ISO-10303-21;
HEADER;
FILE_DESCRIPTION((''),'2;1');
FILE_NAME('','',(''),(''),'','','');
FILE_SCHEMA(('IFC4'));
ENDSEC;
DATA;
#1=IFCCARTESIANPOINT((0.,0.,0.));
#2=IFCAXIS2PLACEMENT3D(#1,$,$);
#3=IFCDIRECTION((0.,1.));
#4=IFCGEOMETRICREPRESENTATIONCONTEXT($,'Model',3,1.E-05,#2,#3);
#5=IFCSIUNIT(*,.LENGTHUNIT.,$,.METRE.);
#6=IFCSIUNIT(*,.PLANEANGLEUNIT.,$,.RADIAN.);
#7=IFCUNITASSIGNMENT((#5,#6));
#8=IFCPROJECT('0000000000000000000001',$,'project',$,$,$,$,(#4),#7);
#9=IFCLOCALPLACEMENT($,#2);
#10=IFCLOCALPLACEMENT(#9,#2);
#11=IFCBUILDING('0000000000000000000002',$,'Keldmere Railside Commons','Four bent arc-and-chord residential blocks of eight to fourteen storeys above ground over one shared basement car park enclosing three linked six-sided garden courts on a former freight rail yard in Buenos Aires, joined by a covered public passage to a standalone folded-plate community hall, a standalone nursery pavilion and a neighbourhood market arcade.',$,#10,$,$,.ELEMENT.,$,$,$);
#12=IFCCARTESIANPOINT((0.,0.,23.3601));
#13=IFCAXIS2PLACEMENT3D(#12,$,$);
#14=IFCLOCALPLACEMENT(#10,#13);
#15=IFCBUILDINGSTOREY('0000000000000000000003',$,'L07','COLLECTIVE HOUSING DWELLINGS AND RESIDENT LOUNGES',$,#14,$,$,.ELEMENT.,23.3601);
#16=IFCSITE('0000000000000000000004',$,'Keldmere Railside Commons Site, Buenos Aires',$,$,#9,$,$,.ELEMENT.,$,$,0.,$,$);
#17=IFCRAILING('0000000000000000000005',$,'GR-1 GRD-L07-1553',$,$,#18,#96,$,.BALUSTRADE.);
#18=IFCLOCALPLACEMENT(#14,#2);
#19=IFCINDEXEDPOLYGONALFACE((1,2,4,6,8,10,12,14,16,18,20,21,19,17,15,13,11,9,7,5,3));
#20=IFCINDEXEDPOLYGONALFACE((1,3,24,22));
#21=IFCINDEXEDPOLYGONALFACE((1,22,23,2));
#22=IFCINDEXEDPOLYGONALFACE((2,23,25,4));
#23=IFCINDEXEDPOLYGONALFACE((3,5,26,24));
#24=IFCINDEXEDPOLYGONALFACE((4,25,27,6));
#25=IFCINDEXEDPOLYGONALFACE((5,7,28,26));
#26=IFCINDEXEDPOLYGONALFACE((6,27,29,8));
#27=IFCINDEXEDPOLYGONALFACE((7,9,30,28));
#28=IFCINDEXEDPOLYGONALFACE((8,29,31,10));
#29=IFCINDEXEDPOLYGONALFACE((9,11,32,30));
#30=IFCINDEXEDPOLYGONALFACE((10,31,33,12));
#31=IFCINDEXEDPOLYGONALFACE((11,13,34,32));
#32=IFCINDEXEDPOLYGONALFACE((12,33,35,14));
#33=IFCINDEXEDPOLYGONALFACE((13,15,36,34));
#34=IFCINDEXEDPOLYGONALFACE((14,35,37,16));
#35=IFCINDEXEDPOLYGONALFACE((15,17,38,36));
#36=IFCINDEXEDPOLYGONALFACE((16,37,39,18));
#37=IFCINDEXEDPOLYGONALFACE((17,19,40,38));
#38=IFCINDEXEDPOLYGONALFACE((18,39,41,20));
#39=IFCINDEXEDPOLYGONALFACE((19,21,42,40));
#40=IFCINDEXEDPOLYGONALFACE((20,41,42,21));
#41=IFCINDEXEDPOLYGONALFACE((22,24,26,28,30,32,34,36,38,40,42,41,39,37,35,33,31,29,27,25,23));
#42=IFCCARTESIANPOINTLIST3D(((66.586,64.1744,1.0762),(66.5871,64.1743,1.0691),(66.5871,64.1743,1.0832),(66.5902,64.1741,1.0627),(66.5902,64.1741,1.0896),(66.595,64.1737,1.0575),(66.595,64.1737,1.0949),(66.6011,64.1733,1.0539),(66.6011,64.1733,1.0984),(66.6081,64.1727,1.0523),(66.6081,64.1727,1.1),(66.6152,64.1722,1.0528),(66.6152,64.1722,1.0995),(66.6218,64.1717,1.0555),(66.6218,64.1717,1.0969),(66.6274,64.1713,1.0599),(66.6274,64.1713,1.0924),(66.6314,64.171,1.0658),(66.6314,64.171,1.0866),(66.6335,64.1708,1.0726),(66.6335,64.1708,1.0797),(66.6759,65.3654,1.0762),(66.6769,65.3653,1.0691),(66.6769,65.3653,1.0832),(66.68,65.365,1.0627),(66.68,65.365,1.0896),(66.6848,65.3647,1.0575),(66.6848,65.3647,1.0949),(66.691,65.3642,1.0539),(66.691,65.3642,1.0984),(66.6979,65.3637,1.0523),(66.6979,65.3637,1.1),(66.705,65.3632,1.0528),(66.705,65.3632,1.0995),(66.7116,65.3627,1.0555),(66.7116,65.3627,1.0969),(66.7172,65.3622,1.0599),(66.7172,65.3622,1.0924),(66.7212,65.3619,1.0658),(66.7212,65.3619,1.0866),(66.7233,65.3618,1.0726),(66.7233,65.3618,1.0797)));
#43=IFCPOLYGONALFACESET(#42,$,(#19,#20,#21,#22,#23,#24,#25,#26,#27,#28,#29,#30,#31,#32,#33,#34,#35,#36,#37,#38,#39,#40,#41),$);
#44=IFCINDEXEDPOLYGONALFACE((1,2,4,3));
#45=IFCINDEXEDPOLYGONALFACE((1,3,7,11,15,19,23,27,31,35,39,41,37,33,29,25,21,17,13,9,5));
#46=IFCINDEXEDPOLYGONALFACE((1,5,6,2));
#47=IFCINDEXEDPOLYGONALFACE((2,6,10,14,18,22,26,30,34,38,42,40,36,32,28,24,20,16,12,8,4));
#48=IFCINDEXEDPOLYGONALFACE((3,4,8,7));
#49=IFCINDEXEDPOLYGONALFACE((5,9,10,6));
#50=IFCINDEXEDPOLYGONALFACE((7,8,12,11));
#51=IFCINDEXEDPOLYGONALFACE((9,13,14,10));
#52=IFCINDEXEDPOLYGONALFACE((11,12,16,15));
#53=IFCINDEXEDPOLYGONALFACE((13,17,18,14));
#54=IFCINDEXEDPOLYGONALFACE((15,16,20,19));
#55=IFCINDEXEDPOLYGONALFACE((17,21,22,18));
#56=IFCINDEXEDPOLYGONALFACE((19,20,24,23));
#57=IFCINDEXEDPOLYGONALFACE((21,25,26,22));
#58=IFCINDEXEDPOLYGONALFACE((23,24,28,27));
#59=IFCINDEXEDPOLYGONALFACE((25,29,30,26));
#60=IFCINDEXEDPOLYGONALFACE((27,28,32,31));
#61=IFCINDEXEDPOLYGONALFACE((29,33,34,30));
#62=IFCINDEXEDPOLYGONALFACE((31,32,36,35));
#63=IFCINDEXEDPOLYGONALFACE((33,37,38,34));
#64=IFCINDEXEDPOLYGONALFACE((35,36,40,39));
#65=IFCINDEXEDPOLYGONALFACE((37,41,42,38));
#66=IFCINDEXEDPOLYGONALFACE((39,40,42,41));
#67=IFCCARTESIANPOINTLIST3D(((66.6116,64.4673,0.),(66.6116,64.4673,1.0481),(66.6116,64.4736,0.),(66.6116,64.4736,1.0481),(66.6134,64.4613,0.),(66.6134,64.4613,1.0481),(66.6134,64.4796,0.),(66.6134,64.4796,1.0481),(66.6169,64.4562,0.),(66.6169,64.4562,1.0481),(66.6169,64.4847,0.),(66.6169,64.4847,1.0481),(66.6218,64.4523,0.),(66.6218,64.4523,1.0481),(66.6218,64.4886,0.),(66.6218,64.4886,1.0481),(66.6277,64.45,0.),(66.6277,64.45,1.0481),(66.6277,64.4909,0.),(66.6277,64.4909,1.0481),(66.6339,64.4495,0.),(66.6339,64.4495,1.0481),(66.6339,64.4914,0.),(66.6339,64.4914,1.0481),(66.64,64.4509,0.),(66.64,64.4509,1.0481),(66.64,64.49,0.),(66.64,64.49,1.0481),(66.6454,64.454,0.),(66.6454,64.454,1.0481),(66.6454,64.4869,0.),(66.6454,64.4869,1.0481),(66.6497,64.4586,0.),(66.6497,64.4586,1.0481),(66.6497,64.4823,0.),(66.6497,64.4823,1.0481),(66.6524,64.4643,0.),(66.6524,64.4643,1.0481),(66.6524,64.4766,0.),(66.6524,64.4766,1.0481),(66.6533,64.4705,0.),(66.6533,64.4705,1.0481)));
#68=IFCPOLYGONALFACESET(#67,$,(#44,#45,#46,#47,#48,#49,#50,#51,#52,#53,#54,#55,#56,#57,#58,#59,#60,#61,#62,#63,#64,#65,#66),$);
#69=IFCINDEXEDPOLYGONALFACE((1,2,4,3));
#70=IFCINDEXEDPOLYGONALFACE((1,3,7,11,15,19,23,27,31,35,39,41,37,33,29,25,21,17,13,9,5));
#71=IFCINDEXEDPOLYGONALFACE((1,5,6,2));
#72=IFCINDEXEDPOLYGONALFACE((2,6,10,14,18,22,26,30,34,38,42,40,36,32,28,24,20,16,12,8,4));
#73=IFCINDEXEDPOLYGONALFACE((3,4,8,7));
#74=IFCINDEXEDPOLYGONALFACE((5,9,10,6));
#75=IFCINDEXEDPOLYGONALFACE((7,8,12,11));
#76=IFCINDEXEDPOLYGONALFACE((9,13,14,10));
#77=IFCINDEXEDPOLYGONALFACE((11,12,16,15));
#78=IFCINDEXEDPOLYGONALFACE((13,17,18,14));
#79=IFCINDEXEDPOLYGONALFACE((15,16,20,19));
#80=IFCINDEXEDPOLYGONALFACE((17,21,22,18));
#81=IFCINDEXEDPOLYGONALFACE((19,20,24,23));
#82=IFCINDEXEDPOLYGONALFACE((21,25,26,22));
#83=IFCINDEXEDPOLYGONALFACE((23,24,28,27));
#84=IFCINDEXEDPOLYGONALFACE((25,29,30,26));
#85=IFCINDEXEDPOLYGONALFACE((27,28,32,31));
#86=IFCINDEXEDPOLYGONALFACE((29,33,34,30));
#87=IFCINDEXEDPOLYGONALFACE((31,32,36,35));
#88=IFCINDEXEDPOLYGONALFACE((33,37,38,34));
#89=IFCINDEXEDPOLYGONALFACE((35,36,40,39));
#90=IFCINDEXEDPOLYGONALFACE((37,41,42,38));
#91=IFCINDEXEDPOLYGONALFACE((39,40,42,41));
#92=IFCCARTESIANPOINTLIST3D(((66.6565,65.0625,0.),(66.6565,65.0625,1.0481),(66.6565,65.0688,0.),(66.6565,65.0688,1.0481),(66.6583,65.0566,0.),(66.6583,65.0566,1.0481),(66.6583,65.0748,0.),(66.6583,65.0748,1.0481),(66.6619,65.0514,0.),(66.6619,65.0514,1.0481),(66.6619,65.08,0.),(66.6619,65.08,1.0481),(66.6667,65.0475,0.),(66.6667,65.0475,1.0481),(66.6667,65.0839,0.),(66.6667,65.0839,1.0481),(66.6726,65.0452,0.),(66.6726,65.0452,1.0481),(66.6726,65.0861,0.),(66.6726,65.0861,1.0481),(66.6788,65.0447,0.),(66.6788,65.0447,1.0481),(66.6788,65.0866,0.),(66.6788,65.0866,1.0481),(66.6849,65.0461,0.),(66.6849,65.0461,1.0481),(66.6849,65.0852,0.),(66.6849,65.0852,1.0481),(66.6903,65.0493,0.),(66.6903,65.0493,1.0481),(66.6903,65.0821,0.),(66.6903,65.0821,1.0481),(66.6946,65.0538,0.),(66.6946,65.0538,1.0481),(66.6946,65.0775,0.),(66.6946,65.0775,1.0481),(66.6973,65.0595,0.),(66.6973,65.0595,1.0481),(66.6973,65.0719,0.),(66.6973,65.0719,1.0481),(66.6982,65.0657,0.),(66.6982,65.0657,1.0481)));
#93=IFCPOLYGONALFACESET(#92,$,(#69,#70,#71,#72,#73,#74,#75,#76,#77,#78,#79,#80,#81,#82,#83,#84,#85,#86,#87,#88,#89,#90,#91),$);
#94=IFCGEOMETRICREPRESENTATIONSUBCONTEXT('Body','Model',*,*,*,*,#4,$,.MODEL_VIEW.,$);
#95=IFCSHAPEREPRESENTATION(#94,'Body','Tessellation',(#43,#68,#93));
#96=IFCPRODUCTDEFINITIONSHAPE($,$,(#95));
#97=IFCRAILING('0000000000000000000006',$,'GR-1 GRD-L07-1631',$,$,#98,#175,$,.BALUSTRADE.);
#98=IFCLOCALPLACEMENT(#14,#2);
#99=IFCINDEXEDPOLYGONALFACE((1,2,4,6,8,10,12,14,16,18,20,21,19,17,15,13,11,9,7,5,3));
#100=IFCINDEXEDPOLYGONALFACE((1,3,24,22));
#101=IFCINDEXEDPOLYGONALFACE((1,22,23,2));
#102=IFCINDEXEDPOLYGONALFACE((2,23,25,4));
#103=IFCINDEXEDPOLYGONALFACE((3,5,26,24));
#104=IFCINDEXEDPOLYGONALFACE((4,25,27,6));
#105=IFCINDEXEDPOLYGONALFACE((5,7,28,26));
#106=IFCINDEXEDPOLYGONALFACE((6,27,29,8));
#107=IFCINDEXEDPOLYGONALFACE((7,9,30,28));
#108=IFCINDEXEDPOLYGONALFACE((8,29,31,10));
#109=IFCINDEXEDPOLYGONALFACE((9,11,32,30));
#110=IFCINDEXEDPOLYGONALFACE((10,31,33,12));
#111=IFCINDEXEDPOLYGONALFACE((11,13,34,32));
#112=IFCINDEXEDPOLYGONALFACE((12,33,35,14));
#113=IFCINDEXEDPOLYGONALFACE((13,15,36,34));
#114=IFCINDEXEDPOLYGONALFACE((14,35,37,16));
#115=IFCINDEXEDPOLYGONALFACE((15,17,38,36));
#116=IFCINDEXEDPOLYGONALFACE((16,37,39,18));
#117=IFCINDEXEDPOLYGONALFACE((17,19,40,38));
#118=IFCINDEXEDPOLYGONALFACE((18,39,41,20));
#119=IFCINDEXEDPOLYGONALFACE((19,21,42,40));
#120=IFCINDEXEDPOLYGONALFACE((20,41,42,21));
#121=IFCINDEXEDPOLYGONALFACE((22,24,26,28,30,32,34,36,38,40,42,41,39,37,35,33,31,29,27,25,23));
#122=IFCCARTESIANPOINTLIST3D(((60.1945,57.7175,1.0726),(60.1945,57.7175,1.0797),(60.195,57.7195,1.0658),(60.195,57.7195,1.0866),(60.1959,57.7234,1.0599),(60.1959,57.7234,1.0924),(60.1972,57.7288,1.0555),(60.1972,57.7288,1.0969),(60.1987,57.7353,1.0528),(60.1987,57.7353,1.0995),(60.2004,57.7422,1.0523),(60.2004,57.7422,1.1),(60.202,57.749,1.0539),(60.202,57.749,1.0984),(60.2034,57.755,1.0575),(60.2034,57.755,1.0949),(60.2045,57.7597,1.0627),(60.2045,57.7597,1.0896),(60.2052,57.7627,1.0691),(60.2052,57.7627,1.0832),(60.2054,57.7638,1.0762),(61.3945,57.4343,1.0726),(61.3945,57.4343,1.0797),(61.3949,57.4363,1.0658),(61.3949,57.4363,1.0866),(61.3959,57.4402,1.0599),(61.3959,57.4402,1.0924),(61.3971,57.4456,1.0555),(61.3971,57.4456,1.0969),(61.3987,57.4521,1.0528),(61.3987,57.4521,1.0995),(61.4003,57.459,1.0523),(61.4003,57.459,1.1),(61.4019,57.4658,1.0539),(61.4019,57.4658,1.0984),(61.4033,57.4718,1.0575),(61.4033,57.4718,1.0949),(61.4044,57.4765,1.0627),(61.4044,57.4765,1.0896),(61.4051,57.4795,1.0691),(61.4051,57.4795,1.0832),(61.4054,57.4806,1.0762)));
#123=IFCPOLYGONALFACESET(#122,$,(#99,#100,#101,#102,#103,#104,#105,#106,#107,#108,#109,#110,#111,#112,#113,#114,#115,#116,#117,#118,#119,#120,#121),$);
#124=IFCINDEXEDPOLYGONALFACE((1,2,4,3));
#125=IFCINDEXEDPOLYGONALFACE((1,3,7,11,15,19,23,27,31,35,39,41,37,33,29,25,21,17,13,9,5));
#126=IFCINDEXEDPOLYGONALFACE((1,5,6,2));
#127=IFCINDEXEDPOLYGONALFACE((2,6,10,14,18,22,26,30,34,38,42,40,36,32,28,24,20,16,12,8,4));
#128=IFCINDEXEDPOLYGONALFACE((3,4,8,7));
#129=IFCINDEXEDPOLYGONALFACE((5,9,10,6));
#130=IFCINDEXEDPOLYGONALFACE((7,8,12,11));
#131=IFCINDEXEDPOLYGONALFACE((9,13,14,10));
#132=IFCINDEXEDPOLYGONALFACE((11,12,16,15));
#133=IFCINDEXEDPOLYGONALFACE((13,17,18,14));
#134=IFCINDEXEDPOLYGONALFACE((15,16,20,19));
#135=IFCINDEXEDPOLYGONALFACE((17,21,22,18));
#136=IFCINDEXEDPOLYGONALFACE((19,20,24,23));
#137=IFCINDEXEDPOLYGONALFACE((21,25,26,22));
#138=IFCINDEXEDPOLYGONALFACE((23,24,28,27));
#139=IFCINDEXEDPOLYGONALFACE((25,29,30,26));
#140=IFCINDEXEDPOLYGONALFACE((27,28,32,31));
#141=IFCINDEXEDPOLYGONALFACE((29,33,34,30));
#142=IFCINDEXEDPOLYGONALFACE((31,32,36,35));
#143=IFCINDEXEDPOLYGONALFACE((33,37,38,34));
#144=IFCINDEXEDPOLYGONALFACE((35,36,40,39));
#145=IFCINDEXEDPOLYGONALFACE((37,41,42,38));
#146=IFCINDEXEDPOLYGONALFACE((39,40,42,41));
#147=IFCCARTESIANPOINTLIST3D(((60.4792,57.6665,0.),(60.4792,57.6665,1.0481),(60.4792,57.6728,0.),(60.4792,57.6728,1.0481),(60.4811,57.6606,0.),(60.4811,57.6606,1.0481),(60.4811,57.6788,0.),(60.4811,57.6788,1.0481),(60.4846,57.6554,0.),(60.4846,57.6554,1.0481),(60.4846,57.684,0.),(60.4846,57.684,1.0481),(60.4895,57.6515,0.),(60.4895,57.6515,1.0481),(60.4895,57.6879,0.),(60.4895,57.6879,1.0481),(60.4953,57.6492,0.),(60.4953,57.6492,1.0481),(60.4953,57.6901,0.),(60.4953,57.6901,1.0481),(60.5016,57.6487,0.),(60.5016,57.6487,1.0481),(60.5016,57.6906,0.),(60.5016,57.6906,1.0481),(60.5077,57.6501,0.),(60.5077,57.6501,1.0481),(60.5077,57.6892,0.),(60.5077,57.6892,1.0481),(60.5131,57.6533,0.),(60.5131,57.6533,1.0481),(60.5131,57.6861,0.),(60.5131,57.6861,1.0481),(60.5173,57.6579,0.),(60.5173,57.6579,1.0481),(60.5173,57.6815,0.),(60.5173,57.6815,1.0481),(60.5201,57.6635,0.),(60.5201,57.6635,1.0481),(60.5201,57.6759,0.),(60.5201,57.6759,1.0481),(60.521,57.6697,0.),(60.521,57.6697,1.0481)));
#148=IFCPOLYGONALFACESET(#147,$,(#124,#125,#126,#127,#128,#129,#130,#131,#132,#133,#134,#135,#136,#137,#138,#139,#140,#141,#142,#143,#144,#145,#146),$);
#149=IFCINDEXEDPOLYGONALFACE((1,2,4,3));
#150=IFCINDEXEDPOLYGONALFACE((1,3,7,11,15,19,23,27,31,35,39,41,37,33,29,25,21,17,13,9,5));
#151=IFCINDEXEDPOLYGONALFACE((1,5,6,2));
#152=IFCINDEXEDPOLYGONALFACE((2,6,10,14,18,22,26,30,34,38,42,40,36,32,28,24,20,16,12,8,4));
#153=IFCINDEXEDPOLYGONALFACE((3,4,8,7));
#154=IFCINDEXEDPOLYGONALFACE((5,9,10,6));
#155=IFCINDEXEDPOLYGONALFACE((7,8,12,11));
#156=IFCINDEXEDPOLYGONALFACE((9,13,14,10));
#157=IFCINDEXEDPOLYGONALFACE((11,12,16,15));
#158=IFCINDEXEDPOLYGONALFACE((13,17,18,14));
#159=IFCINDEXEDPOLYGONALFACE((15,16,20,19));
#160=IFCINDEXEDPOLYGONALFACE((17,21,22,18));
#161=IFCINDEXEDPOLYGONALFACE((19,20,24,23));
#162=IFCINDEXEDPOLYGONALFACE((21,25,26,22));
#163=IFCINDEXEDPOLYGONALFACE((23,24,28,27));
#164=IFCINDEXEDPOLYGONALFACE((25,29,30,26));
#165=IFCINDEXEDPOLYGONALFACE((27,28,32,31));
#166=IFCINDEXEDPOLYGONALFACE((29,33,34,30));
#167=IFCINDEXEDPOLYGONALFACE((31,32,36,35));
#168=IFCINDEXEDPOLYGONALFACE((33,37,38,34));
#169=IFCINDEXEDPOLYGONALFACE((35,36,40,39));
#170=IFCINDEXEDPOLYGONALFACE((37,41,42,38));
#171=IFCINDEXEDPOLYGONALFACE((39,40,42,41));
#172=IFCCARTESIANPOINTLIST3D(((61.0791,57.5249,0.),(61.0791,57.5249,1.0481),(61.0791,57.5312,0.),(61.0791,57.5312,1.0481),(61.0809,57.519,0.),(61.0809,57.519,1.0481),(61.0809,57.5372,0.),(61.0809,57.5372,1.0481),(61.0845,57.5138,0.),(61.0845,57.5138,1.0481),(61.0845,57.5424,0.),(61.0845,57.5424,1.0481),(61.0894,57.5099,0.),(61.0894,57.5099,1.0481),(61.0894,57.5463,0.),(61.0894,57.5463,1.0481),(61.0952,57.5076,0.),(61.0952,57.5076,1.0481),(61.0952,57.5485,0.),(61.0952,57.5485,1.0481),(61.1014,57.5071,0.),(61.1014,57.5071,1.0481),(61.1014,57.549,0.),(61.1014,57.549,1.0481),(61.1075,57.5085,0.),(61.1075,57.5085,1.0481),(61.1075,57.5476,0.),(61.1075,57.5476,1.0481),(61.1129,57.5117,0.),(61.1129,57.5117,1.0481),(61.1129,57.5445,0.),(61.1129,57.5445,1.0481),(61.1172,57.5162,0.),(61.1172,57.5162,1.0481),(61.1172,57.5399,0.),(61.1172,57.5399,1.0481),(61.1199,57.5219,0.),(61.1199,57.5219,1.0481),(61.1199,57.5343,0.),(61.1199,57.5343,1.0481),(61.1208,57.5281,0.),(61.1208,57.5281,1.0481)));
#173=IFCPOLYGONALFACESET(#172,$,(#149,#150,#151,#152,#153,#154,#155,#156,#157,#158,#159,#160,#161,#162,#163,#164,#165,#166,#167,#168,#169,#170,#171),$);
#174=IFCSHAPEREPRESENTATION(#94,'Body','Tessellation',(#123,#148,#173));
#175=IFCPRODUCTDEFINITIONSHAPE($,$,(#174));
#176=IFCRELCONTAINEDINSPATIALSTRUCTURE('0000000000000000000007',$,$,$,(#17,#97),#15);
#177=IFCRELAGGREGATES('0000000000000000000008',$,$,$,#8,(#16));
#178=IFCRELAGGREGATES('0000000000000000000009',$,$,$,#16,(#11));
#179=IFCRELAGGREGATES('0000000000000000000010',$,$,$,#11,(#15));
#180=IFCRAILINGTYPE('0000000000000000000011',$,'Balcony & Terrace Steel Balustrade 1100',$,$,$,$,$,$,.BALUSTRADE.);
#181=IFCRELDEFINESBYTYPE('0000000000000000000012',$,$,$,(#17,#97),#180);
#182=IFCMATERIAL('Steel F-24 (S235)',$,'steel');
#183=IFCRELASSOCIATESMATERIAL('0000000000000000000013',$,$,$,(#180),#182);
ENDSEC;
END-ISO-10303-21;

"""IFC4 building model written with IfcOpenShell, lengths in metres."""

from ifc_helpers import new_model, si_unit, direction, frame, origin, origin_2d, place, context, subcontext, project, spatial, circle, extrude, material, type_object, element, save


model = new_model("IFC4")

# Units and contexts
model_context = context("Model", 3, precision=1e-05, world=origin(), true_north=direction((0.0, 1.0)))
body_context = subcontext(model_context, "Body", "Model", "MODEL_VIEW")
ifc_project = project(units=[si_unit("LENGTHUNIT", "METRE"), si_unit("PLANEANGLEUNIT", "RADIAN")], contexts=[model_context])

# Site, building, storey
site_placement = place(None, origin())
site = spatial("IfcSite", under=ifc_project, at=site_placement, Name="Keldmere Railside Commons Site, Buenos Aires", CompositionType="ELEMENT", RefElevation=0.0)
building_placement = place(site_placement, origin())
building = spatial("IfcBuilding", under=site, at=building_placement, Name="Keldmere Railside Commons", Description="Four bent arc-and-chord residential blocks of eight to fourteen storeys above ground over one shared basement car park enclosing three linked six-sided garden courts on a former freight rail yard in Buenos Aires, joined by a covered public passage to a standalone folded-plate community hall, a standalone nursery pavilion and a neighbourhood market arcade.", CompositionType="ELEMENT")
storey_placement = place(building_placement, frame((0.0, 0.0, 23.3601)))
storey = spatial("IfcBuildingStorey", under=building, at=storey_placement, Name="L07", Description="COLLECTIVE HOUSING DWELLINGS AND RESIDENT LOUNGES", CompositionType="ELEMENT", Elevation=23.3601)

# Railings
ifc_material_1 = material(Name="Steel F-24 (S235)", Category="steel")
railing_type = type_object("IfcRailingType", Name="Balcony & Terrace Steel Balustrade 1100", PredefinedType="BALUSTRADE", material=ifc_material_1)
railing_1_placement = place(storey_placement, frame((66.6099, 64.1726, 0.0)))
element("IfcRailing", 1, at=railing_1_placement, inside=storey, type_object=railing_type, Name="GR-1 GRD-L07-1553", PredefinedType="BALUSTRADE", context=body_context, shape_type="SweptSolid", body=[
    extrude(circle(Radius=0.0239, at=origin_2d()), frame((0.0, 0.0, 1.0762), z_axis=(0.075227, 0.997166, 0.0), x_axis=(-0.997166, 0.075227, 0.0)), (0.0, 0.0, 1.0), 1.1943),
    extrude(circle(Radius=0.021, at=origin_2d()), frame((0.0225, 0.2979, 0.0)), (0.0, 0.0, 1.0), 1.0481),
    extrude(circle(Radius=0.021, at=origin_2d()), frame((0.0674, 0.8931, 0.0)), (0.0, 0.0, 1.0), 1.0481),
])
railing_2_placement = place(storey_placement, frame((60.2, 57.7405, 0.0)))
element("IfcRailing", 2, at=railing_2_placement, inside=storey, type_object=railing_type, Name="GR-1 GRD-L07-1631", PredefinedType="BALUSTRADE", context=body_context, shape_type="SweptSolid", body=[
    extrude(circle(Radius=0.0239, at=origin_2d()), frame((0.0, 0.0, 1.0762), z_axis=(0.973261, -0.229702, 0.0), x_axis=(0.229702, 0.973261, 0.0)), (0.0, 0.0, 1.0), 1.2329),
    extrude(circle(Radius=0.021, at=origin_2d()), frame((0.3, -0.0708, 0.0)), (0.0, 0.0, 1.0), 1.0481),
    extrude(circle(Radius=0.021, at=origin_2d()), frame((0.8999, -0.2124, 0.0)), (0.0, 0.0, 1.0), 1.0481),
])

save(model, "model.ifc")
